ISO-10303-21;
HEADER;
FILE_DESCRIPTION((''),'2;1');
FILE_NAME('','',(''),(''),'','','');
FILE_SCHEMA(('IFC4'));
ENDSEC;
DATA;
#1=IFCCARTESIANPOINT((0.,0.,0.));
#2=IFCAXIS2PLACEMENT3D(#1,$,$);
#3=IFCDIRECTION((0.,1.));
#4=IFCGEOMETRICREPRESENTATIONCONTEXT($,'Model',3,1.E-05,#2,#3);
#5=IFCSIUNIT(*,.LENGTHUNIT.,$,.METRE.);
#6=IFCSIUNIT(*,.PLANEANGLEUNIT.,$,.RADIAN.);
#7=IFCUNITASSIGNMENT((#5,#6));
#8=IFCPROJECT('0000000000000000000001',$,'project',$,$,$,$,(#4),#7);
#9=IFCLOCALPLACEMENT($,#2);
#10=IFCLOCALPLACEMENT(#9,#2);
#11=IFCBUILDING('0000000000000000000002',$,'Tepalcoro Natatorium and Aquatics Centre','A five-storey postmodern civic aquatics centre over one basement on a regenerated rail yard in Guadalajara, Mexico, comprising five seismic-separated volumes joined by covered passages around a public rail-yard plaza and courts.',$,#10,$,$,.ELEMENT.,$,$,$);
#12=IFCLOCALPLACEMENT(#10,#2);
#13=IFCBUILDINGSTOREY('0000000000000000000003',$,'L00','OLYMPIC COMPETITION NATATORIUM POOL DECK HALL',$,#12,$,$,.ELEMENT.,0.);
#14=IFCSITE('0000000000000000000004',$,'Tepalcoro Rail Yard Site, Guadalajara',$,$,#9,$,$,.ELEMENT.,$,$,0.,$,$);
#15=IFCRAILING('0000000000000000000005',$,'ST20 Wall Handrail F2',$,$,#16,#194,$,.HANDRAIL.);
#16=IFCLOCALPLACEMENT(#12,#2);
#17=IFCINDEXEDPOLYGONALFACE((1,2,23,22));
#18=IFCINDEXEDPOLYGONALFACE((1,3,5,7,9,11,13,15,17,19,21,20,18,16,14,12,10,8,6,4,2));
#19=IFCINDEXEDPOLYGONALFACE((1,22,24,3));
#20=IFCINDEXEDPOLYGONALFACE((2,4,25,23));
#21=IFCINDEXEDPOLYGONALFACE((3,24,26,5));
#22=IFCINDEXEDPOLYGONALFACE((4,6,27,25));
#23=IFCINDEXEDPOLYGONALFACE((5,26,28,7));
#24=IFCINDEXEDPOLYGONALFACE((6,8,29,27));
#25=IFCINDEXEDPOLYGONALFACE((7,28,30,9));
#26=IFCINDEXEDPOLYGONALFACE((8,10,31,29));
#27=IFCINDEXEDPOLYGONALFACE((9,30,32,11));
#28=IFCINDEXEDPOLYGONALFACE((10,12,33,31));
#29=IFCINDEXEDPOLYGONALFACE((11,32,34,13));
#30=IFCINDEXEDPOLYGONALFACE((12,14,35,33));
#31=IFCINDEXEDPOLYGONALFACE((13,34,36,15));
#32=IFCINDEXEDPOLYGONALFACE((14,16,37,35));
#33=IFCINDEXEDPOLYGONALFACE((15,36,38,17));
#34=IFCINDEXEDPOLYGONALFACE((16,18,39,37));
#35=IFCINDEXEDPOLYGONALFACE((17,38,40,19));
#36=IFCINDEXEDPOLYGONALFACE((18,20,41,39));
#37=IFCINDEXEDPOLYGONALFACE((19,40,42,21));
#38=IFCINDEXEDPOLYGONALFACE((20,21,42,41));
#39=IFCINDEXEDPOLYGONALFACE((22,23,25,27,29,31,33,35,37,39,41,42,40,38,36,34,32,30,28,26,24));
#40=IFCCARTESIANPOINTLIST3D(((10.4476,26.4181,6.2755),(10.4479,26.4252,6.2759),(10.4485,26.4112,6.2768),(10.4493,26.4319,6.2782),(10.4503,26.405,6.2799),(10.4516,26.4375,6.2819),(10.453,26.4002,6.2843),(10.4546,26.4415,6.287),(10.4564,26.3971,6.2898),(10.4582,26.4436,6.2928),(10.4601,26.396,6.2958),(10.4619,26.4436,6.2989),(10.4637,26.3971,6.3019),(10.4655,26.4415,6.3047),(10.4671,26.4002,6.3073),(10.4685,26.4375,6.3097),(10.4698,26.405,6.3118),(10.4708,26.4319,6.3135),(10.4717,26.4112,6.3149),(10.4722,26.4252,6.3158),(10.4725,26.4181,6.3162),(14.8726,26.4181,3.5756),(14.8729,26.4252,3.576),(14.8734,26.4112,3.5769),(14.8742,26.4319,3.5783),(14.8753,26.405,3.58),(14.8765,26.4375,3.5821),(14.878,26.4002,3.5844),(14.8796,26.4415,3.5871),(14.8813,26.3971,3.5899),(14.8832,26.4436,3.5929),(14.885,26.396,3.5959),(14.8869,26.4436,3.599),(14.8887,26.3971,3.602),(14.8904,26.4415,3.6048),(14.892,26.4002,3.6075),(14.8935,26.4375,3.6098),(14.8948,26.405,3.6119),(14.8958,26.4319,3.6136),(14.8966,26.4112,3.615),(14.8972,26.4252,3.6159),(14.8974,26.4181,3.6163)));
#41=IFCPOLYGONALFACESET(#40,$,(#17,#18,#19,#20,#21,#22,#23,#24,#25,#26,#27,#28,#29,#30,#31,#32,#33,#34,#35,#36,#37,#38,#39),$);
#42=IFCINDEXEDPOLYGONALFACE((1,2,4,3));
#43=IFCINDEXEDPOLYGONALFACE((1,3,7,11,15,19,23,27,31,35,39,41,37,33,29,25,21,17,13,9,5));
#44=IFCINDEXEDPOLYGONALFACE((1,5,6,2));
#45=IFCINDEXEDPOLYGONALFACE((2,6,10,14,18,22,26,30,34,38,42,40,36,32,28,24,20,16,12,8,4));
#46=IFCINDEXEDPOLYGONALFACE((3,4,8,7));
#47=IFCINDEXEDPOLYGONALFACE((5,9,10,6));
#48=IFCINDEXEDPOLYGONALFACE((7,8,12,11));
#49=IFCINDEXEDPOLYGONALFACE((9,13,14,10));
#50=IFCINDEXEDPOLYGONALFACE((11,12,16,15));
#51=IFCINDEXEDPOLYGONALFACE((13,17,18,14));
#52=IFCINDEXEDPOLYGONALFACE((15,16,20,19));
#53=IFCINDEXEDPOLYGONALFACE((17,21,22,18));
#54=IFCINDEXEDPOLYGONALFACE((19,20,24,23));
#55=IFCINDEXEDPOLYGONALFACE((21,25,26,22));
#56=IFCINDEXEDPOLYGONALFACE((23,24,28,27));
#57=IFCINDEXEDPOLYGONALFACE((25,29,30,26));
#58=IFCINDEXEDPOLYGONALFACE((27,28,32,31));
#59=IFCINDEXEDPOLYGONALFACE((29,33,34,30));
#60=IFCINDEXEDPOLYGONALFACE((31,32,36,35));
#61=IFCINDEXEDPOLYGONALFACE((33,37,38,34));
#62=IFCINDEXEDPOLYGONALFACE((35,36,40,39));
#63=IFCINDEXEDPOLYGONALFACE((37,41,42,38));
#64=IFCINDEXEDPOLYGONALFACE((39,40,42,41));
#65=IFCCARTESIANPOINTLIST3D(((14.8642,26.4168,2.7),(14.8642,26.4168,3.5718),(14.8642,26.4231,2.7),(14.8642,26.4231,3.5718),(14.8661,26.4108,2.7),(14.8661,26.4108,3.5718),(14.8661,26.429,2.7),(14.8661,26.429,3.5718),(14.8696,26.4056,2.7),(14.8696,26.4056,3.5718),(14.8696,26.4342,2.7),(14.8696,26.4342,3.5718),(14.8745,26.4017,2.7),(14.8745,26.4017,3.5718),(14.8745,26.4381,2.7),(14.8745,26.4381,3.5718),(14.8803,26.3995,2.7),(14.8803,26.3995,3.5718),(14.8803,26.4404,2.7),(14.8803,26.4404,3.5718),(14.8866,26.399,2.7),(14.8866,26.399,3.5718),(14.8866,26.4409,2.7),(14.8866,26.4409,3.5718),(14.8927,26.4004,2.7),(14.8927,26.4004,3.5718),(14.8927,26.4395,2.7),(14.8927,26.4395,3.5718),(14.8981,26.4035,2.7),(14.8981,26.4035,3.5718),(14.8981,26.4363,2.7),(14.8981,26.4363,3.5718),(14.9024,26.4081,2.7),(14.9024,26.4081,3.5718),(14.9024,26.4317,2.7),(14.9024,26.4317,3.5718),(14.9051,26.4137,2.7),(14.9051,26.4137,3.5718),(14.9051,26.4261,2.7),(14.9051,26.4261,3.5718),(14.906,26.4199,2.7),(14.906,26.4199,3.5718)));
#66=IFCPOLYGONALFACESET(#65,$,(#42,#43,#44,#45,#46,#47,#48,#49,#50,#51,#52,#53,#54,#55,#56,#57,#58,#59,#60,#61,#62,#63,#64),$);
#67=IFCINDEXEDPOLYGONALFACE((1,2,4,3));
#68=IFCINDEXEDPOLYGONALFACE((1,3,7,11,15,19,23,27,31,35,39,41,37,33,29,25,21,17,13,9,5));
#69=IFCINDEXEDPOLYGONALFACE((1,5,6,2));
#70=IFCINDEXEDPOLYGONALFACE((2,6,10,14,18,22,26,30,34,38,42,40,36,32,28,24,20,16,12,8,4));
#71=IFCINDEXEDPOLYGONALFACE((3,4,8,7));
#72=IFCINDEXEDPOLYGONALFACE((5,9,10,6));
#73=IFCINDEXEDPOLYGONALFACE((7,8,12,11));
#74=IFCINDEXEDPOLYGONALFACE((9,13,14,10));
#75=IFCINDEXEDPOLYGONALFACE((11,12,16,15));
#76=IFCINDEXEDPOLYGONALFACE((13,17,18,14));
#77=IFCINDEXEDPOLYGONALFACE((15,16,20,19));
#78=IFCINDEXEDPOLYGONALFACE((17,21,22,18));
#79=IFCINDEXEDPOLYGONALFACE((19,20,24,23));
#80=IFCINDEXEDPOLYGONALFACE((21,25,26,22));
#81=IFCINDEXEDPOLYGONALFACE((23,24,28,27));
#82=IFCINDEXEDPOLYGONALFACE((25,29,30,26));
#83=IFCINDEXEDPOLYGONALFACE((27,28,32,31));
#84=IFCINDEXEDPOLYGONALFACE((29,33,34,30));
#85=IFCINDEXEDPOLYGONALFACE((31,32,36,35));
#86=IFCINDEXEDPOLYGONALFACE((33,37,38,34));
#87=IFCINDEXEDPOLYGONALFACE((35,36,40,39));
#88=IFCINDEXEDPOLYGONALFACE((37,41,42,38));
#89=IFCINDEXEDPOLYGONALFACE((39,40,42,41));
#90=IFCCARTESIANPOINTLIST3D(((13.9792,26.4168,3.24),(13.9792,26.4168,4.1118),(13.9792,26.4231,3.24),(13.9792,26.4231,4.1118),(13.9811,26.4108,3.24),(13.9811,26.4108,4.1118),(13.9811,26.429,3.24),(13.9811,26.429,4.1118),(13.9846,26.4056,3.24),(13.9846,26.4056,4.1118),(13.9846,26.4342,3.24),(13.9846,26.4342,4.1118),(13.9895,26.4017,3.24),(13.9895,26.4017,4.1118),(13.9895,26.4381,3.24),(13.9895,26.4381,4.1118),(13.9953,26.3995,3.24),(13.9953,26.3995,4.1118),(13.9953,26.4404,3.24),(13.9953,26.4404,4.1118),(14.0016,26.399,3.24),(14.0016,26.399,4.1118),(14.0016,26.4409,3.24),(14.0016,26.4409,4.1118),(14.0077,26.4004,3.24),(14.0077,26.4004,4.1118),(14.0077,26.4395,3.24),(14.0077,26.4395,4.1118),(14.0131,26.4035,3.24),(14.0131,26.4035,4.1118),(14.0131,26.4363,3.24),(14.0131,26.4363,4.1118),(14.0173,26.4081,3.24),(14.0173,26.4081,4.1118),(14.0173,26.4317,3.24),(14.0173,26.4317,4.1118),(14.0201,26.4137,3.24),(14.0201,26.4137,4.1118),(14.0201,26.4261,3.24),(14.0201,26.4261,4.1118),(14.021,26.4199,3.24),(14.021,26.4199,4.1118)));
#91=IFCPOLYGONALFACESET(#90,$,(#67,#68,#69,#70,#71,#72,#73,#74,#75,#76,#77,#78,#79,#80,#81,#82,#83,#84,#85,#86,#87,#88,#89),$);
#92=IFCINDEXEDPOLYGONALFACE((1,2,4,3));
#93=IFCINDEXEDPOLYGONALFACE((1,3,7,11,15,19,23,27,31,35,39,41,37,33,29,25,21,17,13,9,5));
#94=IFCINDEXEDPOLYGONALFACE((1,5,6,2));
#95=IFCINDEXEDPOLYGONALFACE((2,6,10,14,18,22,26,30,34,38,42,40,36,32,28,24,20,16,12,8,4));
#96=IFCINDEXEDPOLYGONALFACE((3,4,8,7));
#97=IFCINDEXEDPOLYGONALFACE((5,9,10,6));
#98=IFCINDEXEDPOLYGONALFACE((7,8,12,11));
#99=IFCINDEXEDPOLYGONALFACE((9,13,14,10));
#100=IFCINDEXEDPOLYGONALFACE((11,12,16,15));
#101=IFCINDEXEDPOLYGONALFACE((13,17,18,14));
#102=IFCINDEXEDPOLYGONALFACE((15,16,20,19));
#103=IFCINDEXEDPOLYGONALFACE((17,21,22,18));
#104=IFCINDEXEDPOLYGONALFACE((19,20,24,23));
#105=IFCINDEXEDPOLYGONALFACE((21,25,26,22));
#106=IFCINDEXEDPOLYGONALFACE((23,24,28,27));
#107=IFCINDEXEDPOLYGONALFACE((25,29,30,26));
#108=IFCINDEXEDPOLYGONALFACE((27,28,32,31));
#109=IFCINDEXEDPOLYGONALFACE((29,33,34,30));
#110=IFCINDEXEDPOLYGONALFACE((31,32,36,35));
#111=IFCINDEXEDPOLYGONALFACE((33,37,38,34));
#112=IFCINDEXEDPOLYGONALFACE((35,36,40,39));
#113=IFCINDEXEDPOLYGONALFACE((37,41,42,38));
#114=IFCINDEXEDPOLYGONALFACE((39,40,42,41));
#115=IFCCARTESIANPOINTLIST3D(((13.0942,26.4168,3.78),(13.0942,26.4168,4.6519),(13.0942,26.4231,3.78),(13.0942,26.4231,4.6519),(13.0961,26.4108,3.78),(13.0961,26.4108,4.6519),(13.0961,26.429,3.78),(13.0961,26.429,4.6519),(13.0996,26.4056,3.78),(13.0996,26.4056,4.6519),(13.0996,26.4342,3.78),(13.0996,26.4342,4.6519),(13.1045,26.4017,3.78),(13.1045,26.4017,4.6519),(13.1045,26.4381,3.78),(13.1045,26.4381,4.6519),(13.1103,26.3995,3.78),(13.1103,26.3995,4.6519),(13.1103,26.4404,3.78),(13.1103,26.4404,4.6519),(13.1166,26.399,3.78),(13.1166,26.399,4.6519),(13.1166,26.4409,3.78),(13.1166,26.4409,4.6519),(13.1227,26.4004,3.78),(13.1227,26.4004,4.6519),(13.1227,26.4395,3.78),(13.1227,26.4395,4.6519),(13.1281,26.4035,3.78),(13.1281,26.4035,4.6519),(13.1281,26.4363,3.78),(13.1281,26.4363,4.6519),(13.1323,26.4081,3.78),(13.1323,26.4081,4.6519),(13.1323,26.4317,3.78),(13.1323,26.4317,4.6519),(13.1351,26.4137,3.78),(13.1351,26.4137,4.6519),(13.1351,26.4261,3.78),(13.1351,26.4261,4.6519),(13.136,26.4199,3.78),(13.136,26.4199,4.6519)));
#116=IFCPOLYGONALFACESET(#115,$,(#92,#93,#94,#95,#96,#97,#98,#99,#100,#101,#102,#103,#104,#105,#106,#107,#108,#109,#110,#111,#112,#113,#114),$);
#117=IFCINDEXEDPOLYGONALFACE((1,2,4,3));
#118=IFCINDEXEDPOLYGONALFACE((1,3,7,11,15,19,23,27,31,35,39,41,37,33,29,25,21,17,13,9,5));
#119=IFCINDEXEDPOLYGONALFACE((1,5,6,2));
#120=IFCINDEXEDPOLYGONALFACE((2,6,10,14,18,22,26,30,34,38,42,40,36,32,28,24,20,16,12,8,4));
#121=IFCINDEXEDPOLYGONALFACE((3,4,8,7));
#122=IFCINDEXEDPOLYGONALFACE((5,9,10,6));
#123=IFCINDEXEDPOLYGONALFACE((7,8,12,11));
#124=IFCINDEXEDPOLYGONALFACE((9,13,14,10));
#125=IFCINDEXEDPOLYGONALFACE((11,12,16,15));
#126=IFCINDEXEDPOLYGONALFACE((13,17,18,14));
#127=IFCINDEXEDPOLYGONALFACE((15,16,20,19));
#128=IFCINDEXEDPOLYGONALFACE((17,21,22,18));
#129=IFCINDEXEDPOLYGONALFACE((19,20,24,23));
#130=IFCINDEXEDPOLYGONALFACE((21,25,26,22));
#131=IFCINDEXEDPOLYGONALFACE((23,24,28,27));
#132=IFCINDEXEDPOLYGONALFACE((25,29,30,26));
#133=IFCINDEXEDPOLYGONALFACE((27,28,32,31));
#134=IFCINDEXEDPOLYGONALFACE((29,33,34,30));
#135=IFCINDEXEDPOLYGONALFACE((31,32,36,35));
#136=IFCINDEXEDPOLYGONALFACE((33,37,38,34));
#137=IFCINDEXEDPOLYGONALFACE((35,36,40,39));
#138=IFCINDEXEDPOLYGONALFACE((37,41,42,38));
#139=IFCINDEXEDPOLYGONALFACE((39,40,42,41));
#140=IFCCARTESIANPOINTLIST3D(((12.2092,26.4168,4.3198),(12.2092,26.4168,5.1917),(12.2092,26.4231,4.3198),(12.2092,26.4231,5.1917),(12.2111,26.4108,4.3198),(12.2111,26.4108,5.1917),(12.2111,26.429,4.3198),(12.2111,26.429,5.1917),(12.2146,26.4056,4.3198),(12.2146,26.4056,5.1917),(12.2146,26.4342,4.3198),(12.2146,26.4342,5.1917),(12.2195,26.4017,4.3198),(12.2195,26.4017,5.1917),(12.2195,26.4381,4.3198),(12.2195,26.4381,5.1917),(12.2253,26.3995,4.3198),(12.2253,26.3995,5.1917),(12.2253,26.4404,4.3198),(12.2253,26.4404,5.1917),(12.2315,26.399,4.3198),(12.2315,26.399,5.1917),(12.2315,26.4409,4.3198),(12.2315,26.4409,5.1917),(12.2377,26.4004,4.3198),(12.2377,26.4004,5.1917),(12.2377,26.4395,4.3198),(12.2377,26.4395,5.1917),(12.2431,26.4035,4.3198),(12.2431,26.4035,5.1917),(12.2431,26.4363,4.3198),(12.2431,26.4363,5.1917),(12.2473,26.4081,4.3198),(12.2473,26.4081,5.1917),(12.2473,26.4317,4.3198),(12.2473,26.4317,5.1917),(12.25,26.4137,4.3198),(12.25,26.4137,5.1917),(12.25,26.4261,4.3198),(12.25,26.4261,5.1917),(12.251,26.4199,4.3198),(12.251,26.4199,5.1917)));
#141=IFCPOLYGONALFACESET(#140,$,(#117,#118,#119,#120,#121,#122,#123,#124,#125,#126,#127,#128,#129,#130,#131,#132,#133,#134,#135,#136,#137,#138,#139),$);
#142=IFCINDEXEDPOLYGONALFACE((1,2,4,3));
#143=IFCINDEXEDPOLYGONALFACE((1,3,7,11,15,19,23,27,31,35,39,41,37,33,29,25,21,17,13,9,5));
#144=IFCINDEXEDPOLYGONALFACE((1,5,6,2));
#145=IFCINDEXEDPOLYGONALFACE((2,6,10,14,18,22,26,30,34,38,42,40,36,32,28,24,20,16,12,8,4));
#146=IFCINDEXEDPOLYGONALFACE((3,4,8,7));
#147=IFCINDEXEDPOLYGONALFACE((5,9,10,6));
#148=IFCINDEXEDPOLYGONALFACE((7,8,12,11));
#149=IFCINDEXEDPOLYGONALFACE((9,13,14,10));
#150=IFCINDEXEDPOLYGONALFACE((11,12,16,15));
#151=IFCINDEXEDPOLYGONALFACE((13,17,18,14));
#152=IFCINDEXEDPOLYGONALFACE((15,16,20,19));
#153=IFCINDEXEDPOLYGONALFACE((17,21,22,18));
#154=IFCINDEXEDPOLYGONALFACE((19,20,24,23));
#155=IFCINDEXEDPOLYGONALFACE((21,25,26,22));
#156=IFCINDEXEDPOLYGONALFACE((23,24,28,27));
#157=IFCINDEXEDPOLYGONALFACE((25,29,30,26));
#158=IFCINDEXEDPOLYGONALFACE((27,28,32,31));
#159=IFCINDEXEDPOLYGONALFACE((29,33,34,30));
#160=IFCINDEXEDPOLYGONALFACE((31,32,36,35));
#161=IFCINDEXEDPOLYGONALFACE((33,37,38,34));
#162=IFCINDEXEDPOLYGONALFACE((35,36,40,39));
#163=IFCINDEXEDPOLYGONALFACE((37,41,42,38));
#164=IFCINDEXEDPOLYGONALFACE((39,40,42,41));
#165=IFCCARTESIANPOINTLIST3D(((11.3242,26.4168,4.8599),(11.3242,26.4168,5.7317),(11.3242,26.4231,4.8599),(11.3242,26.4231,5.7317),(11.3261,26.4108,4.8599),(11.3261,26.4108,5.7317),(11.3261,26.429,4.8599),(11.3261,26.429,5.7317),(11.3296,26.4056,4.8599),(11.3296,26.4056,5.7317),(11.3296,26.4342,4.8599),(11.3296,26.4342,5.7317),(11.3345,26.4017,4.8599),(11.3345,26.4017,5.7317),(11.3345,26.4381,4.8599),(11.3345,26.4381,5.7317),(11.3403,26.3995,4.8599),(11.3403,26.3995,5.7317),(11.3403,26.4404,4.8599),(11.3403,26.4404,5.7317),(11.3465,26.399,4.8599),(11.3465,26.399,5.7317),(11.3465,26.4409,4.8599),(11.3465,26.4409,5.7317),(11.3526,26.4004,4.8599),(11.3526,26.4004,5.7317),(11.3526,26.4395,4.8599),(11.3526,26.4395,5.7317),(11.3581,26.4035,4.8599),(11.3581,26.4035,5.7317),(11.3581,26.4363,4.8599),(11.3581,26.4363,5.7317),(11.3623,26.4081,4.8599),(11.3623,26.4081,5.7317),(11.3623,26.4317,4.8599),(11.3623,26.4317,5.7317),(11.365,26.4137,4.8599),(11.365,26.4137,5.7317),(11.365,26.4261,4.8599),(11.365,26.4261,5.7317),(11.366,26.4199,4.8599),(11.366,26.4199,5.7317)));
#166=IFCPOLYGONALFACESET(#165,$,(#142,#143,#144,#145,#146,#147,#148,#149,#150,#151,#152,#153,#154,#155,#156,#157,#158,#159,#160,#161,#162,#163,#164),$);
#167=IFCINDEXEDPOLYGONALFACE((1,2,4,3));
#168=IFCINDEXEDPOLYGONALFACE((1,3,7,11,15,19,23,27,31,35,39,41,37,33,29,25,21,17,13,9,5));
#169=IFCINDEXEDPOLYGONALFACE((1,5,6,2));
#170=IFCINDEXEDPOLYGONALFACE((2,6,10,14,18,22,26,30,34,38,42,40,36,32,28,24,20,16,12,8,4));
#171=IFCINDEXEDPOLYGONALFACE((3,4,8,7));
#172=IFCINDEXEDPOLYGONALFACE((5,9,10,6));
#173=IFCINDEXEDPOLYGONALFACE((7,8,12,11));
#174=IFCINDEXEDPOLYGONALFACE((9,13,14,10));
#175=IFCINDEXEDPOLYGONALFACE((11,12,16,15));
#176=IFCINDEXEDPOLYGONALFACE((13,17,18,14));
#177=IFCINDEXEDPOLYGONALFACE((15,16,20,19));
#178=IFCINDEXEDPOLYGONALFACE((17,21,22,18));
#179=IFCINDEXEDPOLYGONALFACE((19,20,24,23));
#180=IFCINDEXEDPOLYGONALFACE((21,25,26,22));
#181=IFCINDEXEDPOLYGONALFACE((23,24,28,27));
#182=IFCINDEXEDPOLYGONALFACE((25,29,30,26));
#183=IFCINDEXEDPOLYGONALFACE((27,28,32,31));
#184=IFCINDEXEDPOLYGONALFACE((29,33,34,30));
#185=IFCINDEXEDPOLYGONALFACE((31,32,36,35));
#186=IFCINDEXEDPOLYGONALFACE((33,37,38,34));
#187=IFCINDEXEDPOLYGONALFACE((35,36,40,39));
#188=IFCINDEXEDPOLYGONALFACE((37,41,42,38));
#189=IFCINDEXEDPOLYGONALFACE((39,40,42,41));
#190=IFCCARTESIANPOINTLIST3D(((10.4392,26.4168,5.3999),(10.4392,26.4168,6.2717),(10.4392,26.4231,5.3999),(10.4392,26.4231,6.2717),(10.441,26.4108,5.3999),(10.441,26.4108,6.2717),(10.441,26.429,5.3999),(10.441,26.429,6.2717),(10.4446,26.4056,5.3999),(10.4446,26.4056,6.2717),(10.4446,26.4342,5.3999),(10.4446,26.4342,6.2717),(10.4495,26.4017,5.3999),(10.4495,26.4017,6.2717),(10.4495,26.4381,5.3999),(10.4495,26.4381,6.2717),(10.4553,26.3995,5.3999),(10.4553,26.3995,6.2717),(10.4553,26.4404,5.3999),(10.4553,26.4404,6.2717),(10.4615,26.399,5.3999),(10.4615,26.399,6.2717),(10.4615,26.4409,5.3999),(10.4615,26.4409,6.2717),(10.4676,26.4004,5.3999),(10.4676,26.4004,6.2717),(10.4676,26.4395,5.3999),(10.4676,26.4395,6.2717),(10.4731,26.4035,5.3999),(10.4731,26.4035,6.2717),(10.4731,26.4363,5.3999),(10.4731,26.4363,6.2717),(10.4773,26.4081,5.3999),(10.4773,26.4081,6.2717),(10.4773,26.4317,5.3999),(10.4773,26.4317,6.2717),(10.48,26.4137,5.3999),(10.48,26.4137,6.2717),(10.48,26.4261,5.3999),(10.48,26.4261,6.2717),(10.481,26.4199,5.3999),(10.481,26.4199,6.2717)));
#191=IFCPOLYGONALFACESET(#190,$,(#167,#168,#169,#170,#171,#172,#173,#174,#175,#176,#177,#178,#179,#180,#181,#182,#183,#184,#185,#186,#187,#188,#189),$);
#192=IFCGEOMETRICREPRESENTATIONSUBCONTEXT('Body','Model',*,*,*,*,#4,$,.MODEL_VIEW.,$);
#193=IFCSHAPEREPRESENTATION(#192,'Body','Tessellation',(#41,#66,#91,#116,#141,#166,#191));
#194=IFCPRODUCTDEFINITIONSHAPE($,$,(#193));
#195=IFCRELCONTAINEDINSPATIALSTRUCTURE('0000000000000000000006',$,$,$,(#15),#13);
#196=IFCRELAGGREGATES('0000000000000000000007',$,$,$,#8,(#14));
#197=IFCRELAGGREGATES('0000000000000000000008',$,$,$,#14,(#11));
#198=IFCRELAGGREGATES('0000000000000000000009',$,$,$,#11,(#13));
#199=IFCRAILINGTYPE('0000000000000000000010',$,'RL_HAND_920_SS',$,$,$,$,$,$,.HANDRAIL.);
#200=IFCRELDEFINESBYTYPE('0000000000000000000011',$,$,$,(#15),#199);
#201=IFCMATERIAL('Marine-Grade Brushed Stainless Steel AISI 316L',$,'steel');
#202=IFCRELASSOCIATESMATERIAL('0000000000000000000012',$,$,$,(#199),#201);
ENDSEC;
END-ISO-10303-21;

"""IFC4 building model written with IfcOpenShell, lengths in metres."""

from ifc_helpers import new_model, si_unit, direction, frame, origin, origin_2d, place, context, subcontext, project, spatial, circle, extrude, material, type_object, element, save


model = new_model("IFC4")

# Units and contexts
model_context = context("Model", 3, precision=1e-05, world=origin(), true_north=direction((0.0, 1.0)))
body_context = subcontext(model_context, "Body", "Model", "MODEL_VIEW")
ifc_project = project(units=[si_unit("LENGTHUNIT", "METRE"), si_unit("PLANEANGLEUNIT", "RADIAN")], contexts=[model_context])

# Site, building, storey
site_placement = place(None, origin())
site = spatial("IfcSite", under=ifc_project, at=site_placement, Name="Tepalcoro Rail Yard Site, Guadalajara", CompositionType="ELEMENT", RefElevation=0.0)
building_placement = place(site_placement, origin())
building = spatial("IfcBuilding", under=site, at=building_placement, Name="Tepalcoro Natatorium and Aquatics Centre", Description="A five-storey postmodern civic aquatics centre over one basement on a regenerated rail yard in Guadalajara, Mexico, comprising five seismic-separated volumes joined by covered passages around a public rail-yard plaza and courts.", CompositionType="ELEMENT")
storey_placement = place(building_placement, origin())
storey = spatial("IfcBuildingStorey", under=building, at=storey_placement, Name="L00", Description="OLYMPIC COMPETITION NATATORIUM POOL DECK HALL", CompositionType="ELEMENT", Elevation=0.0)

# Railing
ifc_material_1 = material(Name="Marine-Grade Brushed Stainless Steel AISI 316L", Category="steel")
railing_type_1 = type_object("IfcRailingType", Name="RL_HAND_920_SS", PredefinedType="HANDRAIL", material=ifc_material_1)
railing_1_placement = place(storey_placement, frame((14.885, 26.4199, 2.7)))
element("IfcRailing", 1, at=railing_1_placement, inside=storey, type_object=railing_type_1, Name="ST20 Wall Handrail F2", PredefinedType="HANDRAIL", context=body_context, shape_type="SweptSolid", body=[
    extrude(circle(Radius=0.0239, at=origin_2d()), frame((0.0, 0.0, 0.896), z_axis=(-0.853646, 0.0, 0.520854), x_axis=(0.0, -1.0, 0.0)), (0.0, 0.0, 1.0), 5.1836),
    extrude(circle(Radius=0.021, at=origin_2d()), origin(), (0.0, 0.0, 1.0), 0.8718),
    extrude(circle(Radius=0.021, at=origin_2d()), frame((-0.885, 0.0, 0.54)), (0.0, 0.0, 1.0), 0.8718),
    extrude(circle(Radius=0.021, at=origin_2d()), frame((-1.77, 0.0, 1.0801)), (0.0, 0.0, 1.0), 0.8718),
    extrude(circle(Radius=0.021, at=origin_2d()), frame((-2.655, 0.0, 1.6199)), (0.0, 0.0, 1.0), 0.8718),
    extrude(circle(Radius=0.021, at=origin_2d()), frame((-3.54, 0.0, 2.1599)), (0.0, 0.0, 1.0), 0.8718),
    extrude(circle(Radius=0.021, at=origin_2d()), frame((-4.425, 0.0, 2.7)), (0.0, 0.0, 1.0), 0.8718),
])

save(model, "model.ifc")
